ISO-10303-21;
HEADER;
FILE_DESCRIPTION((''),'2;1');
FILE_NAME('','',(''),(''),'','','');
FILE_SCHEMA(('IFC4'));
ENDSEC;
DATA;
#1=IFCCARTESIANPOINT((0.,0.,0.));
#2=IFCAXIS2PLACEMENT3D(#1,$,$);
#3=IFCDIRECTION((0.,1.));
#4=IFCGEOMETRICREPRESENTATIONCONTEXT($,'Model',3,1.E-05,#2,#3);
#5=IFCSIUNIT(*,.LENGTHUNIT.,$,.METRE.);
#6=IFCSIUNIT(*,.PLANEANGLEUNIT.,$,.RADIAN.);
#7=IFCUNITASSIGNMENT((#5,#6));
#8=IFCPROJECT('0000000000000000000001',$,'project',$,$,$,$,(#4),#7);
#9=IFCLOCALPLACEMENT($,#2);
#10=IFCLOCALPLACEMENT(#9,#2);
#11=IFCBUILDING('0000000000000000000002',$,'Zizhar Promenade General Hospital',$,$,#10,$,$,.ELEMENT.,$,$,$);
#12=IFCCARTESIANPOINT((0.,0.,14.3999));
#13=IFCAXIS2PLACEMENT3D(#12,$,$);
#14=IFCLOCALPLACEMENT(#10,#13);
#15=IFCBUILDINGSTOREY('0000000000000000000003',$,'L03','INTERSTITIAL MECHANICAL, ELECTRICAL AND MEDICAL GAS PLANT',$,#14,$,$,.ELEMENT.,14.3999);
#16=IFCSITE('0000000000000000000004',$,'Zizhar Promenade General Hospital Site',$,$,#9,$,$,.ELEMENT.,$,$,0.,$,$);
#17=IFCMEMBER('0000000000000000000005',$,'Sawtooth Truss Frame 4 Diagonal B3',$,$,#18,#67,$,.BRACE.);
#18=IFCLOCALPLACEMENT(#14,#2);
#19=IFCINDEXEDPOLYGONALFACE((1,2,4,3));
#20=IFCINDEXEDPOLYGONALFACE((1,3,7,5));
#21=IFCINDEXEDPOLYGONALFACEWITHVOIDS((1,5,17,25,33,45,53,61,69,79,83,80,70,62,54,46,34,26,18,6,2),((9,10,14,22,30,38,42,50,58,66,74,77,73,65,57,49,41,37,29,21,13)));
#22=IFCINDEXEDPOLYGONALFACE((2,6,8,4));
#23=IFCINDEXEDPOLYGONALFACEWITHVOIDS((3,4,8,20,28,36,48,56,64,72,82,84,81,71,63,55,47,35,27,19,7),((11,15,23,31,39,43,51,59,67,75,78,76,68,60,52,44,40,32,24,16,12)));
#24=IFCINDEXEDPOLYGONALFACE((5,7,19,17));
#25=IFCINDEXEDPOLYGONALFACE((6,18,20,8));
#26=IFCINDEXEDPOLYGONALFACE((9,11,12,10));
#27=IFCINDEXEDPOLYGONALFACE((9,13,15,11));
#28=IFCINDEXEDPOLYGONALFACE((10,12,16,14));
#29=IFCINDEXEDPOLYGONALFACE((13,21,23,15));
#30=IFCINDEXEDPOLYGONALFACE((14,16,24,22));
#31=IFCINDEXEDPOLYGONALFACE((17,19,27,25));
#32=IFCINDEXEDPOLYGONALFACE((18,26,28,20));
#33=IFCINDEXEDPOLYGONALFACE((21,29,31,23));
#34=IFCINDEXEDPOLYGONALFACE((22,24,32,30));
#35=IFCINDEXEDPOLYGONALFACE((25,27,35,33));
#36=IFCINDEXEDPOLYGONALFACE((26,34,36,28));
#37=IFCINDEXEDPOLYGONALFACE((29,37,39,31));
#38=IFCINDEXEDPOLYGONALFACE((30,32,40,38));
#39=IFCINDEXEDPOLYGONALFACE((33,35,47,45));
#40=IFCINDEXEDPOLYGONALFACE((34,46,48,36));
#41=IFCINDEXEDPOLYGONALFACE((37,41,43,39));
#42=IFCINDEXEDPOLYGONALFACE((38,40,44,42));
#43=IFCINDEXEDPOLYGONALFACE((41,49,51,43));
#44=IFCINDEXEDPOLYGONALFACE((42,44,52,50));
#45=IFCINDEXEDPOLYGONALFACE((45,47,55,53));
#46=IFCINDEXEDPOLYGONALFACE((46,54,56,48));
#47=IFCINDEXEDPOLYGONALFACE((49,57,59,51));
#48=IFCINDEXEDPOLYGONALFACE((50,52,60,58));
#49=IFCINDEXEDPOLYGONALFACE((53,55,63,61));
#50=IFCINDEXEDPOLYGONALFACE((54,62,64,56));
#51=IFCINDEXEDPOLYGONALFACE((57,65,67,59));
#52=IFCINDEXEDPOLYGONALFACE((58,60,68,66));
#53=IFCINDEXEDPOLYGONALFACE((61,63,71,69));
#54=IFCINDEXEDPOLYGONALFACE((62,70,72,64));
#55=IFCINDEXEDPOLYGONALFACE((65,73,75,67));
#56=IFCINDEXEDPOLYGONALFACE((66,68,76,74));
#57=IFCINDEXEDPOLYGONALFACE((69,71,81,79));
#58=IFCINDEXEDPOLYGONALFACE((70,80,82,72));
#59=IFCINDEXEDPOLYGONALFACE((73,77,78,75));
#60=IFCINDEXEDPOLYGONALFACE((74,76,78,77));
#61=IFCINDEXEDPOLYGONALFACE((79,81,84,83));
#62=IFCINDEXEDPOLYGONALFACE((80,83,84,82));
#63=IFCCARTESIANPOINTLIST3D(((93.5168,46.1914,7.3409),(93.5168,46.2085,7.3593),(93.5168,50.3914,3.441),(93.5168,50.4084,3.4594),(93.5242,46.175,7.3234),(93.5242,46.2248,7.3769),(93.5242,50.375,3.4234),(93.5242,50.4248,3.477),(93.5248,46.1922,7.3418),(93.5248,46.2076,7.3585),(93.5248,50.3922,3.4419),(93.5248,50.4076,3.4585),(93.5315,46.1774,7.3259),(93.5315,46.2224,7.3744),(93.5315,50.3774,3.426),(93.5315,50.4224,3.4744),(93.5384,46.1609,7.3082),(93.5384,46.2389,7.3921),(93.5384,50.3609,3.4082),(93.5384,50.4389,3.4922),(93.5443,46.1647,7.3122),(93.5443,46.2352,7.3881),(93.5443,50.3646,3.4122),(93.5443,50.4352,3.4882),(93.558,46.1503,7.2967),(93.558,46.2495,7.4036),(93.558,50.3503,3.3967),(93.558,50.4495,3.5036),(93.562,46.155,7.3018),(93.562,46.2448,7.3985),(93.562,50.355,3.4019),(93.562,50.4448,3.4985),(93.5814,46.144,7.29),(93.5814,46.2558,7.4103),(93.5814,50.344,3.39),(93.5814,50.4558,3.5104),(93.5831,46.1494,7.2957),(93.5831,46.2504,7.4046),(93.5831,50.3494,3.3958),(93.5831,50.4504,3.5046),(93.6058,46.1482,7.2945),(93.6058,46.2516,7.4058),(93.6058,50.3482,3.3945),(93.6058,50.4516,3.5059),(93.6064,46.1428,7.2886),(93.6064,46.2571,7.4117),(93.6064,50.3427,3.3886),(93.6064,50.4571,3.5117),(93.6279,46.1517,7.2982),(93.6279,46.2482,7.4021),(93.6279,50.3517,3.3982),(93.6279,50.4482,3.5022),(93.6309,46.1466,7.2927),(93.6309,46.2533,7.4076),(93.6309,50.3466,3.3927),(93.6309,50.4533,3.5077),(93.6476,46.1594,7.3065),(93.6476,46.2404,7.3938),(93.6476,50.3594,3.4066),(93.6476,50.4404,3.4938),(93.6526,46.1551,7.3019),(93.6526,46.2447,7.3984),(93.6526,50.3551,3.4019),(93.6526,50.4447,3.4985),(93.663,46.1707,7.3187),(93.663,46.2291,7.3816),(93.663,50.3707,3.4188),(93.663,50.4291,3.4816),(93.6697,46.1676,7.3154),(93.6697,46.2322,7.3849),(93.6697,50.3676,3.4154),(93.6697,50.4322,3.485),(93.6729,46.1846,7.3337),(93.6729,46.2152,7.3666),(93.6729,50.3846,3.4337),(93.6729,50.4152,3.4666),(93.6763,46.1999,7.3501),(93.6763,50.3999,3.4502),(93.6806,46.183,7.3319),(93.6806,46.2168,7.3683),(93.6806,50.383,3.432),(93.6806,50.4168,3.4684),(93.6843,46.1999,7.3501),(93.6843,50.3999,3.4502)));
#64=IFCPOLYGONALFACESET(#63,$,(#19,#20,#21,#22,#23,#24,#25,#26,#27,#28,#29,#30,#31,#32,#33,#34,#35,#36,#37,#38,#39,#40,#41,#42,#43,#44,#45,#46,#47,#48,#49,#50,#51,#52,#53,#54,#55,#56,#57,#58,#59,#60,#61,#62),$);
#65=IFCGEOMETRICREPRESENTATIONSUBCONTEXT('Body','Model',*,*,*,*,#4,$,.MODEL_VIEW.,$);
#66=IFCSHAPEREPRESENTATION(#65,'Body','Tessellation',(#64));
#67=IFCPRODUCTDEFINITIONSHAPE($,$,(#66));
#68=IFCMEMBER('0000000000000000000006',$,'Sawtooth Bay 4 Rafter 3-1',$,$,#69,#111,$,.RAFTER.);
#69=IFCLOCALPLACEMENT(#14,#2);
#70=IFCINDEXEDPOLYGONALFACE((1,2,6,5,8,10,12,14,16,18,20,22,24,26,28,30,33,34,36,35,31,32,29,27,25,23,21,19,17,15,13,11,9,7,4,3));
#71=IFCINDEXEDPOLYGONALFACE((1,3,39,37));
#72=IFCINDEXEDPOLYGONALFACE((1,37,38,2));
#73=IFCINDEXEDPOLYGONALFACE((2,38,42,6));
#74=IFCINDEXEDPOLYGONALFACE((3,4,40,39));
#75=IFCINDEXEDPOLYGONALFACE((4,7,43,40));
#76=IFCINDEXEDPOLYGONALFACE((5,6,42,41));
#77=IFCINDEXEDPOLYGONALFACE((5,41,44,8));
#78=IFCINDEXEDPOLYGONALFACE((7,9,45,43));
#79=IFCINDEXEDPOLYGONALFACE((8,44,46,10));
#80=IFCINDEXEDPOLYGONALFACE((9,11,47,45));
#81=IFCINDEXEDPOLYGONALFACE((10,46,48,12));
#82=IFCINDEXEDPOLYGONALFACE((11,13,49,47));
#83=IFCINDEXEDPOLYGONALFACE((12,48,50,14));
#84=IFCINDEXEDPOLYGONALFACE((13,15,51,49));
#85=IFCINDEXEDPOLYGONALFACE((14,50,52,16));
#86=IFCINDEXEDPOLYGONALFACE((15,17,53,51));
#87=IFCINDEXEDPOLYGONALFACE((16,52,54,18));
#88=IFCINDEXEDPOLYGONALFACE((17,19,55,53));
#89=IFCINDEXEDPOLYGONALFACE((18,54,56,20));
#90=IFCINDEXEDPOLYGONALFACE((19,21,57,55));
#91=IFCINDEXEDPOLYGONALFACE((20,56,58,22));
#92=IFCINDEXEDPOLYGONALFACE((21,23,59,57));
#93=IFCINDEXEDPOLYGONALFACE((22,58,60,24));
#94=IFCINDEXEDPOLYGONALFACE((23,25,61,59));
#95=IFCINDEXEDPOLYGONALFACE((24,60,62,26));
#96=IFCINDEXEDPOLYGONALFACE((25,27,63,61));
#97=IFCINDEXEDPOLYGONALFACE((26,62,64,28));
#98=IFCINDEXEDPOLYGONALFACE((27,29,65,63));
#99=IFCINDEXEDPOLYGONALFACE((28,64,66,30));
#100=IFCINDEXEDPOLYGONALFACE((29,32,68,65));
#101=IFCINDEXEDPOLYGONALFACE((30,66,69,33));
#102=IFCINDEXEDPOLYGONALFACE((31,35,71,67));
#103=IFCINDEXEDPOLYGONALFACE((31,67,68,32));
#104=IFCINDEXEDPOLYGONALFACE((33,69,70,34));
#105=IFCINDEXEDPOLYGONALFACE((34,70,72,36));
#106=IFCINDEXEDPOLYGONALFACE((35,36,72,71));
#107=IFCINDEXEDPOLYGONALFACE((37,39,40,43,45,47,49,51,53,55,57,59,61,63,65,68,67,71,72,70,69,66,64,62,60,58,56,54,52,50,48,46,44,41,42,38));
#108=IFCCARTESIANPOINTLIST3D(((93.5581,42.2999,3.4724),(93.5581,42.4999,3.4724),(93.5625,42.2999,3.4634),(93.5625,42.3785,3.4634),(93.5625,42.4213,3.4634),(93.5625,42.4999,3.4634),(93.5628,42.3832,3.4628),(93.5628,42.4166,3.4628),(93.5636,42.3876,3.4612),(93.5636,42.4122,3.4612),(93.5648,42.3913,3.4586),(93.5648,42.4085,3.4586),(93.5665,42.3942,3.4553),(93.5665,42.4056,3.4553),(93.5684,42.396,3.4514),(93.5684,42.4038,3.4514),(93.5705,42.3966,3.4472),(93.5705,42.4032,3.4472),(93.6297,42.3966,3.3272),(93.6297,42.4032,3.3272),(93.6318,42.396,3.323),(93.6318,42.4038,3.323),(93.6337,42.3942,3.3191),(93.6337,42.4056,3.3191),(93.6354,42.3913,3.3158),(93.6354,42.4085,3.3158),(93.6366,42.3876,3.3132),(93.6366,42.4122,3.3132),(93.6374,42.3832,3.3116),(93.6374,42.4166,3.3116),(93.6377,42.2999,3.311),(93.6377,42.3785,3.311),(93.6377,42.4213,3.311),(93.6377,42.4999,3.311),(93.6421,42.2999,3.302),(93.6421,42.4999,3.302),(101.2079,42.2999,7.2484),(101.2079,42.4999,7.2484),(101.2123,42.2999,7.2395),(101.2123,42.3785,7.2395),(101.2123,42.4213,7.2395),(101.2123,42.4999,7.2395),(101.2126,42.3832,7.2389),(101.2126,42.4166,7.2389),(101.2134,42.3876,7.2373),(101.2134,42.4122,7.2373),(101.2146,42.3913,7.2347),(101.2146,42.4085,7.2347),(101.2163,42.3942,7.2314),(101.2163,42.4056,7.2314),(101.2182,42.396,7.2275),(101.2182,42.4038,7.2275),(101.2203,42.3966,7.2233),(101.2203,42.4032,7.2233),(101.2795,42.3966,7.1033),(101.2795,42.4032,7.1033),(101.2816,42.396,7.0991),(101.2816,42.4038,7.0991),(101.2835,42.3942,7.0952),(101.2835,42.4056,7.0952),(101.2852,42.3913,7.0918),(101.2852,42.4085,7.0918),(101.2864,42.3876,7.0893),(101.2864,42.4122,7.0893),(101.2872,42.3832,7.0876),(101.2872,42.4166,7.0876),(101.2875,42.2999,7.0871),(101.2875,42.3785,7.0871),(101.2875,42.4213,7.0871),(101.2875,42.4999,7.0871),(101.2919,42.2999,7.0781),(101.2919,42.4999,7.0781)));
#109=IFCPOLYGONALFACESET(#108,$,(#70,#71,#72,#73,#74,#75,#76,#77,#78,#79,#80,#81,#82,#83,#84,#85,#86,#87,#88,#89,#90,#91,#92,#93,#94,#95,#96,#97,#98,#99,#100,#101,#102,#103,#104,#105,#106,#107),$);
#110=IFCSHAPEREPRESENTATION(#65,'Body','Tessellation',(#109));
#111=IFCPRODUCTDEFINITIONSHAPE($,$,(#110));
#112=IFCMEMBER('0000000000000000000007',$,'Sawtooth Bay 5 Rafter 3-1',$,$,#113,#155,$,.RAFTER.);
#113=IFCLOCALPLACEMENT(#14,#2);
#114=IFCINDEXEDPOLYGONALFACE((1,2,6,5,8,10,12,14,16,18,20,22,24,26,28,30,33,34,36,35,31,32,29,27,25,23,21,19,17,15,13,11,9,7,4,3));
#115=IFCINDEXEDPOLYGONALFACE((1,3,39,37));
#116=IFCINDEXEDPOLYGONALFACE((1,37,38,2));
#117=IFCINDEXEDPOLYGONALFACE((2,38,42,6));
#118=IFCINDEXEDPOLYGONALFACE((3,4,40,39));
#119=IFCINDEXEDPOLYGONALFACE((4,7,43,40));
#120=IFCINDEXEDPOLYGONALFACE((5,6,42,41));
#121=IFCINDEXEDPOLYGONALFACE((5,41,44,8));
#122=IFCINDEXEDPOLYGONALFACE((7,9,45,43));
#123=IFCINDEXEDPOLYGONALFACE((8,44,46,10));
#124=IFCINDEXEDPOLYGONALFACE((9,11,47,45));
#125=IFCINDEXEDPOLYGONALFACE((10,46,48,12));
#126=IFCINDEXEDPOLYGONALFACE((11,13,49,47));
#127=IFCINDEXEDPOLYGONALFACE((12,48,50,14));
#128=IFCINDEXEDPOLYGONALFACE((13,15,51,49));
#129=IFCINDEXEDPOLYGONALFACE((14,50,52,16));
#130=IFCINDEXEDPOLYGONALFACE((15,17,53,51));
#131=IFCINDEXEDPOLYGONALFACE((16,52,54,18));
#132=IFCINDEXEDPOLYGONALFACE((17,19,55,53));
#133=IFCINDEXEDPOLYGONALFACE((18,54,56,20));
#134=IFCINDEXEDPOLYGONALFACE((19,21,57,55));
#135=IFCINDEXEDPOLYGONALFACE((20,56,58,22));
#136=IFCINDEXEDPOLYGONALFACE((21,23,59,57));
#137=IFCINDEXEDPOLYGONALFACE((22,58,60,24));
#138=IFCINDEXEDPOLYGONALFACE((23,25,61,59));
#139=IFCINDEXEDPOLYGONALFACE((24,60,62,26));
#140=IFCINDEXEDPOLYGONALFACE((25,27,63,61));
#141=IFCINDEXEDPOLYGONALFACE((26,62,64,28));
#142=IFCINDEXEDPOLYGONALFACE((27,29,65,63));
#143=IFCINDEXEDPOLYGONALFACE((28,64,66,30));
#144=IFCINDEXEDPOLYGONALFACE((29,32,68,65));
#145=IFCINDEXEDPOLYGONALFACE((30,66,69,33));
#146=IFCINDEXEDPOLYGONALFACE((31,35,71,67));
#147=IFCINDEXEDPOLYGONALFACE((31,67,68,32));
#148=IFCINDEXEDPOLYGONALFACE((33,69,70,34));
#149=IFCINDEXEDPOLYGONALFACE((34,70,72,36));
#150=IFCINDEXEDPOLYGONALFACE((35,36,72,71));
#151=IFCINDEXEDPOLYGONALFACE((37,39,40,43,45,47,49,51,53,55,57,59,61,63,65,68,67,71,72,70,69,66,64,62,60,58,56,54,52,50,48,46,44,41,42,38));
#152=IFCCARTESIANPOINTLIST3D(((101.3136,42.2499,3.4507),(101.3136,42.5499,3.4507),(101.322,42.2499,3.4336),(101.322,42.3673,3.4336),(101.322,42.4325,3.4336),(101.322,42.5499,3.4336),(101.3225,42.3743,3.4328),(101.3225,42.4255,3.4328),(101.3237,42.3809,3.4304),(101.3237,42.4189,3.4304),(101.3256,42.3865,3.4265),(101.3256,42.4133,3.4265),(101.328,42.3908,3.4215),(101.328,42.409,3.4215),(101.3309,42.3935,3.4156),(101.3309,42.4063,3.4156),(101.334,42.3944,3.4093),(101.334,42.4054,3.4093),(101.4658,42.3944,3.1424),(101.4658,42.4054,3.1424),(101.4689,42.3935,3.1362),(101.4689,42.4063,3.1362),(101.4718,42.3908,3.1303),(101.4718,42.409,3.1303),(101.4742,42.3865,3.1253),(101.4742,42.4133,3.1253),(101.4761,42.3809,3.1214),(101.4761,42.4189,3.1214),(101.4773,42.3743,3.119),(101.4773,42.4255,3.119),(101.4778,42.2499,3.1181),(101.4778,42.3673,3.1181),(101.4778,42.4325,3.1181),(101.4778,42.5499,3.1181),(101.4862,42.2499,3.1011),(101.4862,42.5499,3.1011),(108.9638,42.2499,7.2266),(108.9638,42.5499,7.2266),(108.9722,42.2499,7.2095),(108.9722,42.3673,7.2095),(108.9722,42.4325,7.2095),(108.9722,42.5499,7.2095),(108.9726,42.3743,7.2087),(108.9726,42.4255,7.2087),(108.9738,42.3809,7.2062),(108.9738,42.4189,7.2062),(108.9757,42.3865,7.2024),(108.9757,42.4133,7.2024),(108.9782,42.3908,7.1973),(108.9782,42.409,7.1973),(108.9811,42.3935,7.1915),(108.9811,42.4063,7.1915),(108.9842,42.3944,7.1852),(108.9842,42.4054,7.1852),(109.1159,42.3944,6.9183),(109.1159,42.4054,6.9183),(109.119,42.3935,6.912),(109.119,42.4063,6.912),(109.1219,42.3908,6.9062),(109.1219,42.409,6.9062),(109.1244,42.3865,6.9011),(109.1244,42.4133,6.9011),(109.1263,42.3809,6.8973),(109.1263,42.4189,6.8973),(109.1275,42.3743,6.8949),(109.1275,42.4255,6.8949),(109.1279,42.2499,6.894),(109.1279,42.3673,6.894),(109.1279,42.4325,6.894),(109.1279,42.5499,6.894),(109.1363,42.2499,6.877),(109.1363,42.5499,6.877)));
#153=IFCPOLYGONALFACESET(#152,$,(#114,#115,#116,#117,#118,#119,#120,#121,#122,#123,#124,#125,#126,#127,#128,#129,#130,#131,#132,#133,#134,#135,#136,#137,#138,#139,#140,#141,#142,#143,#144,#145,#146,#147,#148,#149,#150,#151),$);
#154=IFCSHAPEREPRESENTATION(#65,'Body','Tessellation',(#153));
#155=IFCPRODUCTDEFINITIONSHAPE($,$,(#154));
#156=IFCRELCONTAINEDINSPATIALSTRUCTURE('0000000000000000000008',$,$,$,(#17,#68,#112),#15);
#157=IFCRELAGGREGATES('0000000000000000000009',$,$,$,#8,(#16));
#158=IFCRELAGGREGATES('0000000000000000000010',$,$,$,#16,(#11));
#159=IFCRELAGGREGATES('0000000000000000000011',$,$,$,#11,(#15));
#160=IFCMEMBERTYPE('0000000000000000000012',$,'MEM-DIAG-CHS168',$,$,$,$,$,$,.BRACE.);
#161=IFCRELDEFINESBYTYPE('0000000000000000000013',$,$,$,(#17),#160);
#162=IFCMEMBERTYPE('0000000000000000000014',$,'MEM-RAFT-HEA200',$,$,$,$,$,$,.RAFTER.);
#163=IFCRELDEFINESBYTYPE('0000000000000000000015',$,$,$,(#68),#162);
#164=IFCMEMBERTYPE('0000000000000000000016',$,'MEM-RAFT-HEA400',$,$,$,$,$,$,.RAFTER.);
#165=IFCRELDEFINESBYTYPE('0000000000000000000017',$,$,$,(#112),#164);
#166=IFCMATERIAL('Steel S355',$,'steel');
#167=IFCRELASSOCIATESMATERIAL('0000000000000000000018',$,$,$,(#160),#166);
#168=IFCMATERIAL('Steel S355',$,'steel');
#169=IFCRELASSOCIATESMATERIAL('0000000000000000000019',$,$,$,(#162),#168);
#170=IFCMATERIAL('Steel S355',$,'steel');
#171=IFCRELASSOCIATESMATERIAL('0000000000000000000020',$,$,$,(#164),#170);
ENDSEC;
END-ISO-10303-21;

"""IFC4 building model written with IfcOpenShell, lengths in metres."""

from ifc_helpers import new_model, si_unit, direction, frame, origin, origin_2d, place, context, subcontext, project, spatial, hollow_circle, i_section, extrude, material, material_profile, profile_set, type_object, element, save


model = new_model("IFC4")

# Units and contexts
model_context = context("Model", 3, precision=1e-05, world=origin(), true_north=direction((0.0, 1.0)))
body_context = subcontext(model_context, "Body", "Model", "MODEL_VIEW")
ifc_project = project(units=[si_unit("LENGTHUNIT", "METRE"), si_unit("PLANEANGLEUNIT", "RADIAN")], contexts=[model_context])

# Site, building, storey
site_placement = place(None, origin())
site = spatial("IfcSite", under=ifc_project, at=site_placement, Name="Zizhar Promenade General Hospital Site", CompositionType="ELEMENT", RefElevation=0.0)
building_placement = place(site_placement, origin())
building = spatial("IfcBuilding", under=site, at=building_placement, Name="Zizhar Promenade General Hospital", CompositionType="ELEMENT")
storey_placement = place(building_placement, frame((0.0, 0.0, 14.3999)))
storey = spatial("IfcBuildingStorey", under=building, at=storey_placement, Name="L03", Description="INTERSTITIAL MECHANICAL, ELECTRICAL AND MEDICAL GAS PLANT", CompositionType="ELEMENT", Elevation=14.3999)

# Members
ifc_material_1 = material(Name="Steel S355", Category="steel")
ifc_material_profile_1 = material_profile(ifc_material_1, hollow_circle(Radius=0.0842, WallThickness=0.0081, at=origin_2d()))
ifc_profile_set_1 = profile_set([ifc_material_profile_1], Name="Steel S355")
member_type_1 = type_object("IfcMemberType", Name="MEM-DIAG-CHS168", PredefinedType="BRACE", material=ifc_profile_set_1)
member_1_placement = place(storey_placement, frame((93.6001, 50.3999, 3.4502), z_axis=(0.0, -0.732798, 0.680446), x_axis=(1.0, 0.0, 0.0)))
element("IfcMember", 1, at=member_1_placement, inside=storey, type_object=member_type_1, Name="Sawtooth Truss Frame 4 Diagonal B3", PredefinedType="BRACE", context=body_context, shape_type="SweptSolid", body=[
    extrude(hollow_circle(Radius=0.0842, WallThickness=0.0081, at=origin_2d()), origin(), (0.0, 0.0, 1.0), 5.7314),
])
ifc_material_2 = material(Name="Steel S355", Category="steel")
ifc_material_profile_2 = material_profile(ifc_material_2, i_section(OverallWidth=0.2, OverallDepth=0.1899, WebThickness=0.0066, FlangeThickness=0.01, FilletRadius=0.0181, at=origin_2d()))
ifc_profile_set_2 = profile_set([ifc_material_profile_2], Name="Steel S355")
member_type_2 = type_object("IfcMemberType", Name="MEM-RAFT-HEA200", PredefinedType="RAFTER", material=ifc_profile_set_2)
member_2_placement = place(storey_placement, frame((93.6001, 42.3999, 3.3872), z_axis=(0.896705, 0.0, 0.442629), x_axis=(0.0, 1.0, 0.0)))
element("IfcMember", 2, at=member_2_placement, inside=storey, type_object=member_type_2, Name="Sawtooth Bay 4 Rafter 3-1", PredefinedType="RAFTER", context=body_context, shape_type="SweptSolid", body=[
    extrude(i_section(OverallWidth=0.2, OverallDepth=0.1899, WebThickness=0.0066, FlangeThickness=0.01, FilletRadius=0.0181, at=origin_2d()), origin(), (0.0, 0.0, 1.0), 8.531),
])
ifc_material_3 = material(Name="Steel S355", Category="steel")
ifc_material_profile_3 = material_profile(ifc_material_3, i_section(OverallWidth=0.3, OverallDepth=0.3899, WebThickness=0.011, FlangeThickness=0.019, FilletRadius=0.0271, at=origin_2d()))
ifc_profile_set_3 = profile_set([ifc_material_profile_3], Name="Steel S355")
member_type_3 = type_object("IfcMemberType", Name="MEM-RAFT-HEA400", PredefinedType="RAFTER", material=ifc_profile_set_3)
member_3_placement = place(storey_placement, frame((101.3999, 42.3999, 3.2759), z_axis=(0.896722, 0.0, 0.442595), x_axis=(0.0, 1.0, 0.0)))
element("IfcMember", 3, at=member_3_placement, inside=storey, type_object=member_type_3, Name="Sawtooth Bay 5 Rafter 3-1", PredefinedType="RAFTER", context=body_context, shape_type="SweptSolid", body=[
    extrude(i_section(OverallWidth=0.3, OverallDepth=0.3899, WebThickness=0.011, FlangeThickness=0.019, FilletRadius=0.0271, at=origin_2d()), origin(), (0.0, 0.0, 1.0), 8.5312),
])

save(model, "model.ifc")
